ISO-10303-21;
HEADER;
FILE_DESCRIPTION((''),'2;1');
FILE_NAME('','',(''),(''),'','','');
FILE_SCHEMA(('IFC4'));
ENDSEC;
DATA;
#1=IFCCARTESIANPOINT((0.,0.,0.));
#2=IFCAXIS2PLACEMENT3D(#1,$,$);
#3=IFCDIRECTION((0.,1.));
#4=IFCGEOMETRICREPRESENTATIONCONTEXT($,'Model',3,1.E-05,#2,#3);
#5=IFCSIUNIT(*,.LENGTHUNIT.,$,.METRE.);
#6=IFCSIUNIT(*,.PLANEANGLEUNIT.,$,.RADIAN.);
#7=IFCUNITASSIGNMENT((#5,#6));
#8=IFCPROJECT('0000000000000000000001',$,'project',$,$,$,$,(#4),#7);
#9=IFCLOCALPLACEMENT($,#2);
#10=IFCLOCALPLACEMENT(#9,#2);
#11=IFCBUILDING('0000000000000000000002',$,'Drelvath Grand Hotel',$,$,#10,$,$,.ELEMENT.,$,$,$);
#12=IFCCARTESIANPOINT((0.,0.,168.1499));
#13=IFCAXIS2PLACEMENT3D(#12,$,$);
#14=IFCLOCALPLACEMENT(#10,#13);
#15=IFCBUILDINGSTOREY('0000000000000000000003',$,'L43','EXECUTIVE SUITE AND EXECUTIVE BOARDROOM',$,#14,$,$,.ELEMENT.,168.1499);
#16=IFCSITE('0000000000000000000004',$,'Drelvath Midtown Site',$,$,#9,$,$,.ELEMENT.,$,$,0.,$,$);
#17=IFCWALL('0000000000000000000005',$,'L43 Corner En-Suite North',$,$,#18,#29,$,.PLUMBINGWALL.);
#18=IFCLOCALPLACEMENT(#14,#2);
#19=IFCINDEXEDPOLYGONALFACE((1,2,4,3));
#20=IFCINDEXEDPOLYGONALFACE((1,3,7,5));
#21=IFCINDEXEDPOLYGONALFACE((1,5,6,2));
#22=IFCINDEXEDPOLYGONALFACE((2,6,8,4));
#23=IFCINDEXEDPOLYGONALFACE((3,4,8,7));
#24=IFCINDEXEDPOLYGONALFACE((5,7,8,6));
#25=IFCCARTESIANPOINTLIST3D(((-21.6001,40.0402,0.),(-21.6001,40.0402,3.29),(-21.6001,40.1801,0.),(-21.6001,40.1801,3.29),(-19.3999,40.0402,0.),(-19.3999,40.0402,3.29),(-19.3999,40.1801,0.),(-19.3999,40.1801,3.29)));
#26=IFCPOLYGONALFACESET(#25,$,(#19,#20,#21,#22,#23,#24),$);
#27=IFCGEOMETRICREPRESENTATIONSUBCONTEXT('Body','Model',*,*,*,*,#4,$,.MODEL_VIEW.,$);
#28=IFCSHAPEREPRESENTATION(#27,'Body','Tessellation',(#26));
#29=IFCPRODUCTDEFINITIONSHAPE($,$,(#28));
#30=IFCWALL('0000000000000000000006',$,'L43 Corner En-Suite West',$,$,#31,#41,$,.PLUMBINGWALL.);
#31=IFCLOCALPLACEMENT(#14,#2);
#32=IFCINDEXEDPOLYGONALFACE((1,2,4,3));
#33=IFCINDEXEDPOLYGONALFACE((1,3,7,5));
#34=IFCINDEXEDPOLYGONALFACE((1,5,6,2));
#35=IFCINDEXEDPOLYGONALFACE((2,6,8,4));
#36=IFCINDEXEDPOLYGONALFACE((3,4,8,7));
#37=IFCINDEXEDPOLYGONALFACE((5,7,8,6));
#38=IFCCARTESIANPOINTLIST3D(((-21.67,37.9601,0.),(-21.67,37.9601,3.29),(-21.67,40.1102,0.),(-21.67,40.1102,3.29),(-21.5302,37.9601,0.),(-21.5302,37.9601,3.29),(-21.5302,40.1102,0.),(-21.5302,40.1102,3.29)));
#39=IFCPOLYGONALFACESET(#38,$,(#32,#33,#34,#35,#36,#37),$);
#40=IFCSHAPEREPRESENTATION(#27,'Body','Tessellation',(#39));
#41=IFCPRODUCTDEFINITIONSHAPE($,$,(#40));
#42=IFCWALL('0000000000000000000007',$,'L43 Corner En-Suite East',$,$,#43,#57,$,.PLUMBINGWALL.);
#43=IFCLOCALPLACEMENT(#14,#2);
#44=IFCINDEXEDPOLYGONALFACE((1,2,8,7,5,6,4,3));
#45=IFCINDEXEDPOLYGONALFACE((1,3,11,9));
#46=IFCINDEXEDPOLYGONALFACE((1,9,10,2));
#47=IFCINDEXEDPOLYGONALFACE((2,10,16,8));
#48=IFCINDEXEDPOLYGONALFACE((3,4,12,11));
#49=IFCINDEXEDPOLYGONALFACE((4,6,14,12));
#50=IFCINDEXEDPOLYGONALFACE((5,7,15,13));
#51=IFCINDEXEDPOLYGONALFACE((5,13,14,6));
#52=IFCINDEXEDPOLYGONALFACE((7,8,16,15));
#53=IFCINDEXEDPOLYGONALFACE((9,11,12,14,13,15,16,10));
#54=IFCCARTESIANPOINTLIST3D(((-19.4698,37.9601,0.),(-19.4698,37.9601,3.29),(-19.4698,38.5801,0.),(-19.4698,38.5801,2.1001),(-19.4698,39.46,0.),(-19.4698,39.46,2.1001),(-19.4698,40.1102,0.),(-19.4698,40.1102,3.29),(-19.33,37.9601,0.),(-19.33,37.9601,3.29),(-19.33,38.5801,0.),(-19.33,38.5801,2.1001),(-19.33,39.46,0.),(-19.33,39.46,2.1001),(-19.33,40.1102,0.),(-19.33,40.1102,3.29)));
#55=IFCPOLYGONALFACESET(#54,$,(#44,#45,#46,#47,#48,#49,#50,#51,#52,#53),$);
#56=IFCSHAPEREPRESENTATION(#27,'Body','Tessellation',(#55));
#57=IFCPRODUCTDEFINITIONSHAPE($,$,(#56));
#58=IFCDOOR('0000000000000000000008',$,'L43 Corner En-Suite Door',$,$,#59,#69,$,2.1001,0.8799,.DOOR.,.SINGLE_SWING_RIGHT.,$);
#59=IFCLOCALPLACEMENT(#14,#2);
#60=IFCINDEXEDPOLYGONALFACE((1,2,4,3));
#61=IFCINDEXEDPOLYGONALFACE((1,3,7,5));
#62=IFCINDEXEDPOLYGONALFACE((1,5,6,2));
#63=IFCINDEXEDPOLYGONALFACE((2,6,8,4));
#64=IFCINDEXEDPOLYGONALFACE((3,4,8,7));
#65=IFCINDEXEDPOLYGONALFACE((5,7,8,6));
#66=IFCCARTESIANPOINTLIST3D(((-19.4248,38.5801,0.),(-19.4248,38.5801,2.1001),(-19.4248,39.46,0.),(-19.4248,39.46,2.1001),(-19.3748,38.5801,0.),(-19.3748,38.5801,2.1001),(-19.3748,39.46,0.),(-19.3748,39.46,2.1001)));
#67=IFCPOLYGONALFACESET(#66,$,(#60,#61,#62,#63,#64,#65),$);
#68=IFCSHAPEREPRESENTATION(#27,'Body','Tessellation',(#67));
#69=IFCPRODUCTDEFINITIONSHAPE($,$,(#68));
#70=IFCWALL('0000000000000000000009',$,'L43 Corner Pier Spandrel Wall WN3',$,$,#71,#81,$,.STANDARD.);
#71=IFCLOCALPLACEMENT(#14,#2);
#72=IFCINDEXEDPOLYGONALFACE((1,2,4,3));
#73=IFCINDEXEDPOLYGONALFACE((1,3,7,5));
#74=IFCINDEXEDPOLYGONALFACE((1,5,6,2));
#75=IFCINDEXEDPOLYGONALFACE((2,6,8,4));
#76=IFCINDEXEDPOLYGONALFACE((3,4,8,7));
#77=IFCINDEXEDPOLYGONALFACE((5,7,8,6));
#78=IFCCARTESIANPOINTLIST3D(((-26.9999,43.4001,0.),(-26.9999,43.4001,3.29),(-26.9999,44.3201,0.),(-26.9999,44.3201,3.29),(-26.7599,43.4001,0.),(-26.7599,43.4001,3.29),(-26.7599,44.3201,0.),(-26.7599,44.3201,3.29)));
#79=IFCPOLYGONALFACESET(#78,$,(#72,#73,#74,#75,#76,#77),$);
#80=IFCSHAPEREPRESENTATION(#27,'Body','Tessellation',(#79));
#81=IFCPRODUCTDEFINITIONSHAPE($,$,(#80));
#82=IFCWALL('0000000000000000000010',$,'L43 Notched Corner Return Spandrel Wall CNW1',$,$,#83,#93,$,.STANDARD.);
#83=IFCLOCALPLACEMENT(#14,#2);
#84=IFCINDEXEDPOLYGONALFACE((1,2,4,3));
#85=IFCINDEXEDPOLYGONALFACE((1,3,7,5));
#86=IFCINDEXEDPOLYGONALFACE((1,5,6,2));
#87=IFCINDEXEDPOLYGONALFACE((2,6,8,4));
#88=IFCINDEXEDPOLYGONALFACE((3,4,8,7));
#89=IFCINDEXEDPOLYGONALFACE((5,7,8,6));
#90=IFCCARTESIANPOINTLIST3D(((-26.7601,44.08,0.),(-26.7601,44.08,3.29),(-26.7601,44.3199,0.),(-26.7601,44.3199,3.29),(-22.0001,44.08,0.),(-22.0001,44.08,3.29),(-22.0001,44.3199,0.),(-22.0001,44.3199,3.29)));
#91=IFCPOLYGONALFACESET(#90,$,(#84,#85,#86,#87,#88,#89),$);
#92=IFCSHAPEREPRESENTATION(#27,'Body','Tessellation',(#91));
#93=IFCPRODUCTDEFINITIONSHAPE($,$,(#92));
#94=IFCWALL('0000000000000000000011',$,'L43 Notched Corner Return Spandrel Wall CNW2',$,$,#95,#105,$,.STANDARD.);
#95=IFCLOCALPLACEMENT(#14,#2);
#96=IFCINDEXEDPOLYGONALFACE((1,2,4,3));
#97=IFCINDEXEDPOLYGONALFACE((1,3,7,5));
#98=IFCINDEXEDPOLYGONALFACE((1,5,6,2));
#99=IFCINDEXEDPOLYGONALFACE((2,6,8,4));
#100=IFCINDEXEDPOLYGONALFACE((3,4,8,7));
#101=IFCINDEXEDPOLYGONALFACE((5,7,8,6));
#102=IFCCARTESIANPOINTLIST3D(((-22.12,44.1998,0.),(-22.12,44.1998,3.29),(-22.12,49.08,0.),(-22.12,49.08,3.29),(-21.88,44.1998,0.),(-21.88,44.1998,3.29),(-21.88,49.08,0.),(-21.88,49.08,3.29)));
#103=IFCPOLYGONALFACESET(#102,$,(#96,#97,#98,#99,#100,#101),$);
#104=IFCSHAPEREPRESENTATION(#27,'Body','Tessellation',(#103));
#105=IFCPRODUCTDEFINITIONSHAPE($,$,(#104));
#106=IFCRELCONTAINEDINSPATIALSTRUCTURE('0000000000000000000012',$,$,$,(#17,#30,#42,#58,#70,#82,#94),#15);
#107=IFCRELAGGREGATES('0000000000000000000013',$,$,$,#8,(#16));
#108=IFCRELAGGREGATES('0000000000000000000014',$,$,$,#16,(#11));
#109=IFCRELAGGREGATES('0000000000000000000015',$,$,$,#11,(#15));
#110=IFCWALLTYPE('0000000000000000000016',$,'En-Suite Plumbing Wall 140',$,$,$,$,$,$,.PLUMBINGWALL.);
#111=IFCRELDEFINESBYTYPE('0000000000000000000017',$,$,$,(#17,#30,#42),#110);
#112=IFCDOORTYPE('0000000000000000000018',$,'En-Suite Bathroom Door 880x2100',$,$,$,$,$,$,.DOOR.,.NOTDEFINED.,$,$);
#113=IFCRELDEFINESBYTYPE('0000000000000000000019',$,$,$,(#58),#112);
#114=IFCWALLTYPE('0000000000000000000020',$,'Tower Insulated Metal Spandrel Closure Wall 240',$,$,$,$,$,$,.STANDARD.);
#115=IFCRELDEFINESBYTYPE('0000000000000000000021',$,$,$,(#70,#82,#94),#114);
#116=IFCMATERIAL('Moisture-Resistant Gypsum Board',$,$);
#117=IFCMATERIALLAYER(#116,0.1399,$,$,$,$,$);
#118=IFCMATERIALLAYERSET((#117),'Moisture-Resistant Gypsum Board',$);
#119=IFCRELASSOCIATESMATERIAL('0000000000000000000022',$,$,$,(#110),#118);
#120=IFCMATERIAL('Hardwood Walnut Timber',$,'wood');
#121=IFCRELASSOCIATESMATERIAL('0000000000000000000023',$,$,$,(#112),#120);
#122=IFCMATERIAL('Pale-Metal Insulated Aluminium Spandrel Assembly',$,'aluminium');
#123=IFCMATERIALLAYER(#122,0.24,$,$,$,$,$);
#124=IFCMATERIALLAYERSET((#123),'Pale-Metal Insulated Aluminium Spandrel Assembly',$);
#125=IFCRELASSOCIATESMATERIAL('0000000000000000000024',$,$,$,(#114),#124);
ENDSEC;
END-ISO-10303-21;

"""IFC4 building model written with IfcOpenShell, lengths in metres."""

from ifc_helpers import new_model, si_unit, direction, frame, frame_2d, origin, place, context, subcontext, project, spatial, rectangle, extrude, material, layer, layer_set, type_object, element, fill, save


model = new_model("IFC4")

# Units and contexts
model_context = context("Model", 3, precision=1e-05, world=origin(), true_north=direction((0.0, 1.0)))
body_context = subcontext(model_context, "Body", "Model", "MODEL_VIEW")
ifc_project = project(units=[si_unit("LENGTHUNIT", "METRE"), si_unit("PLANEANGLEUNIT", "RADIAN")], contexts=[model_context])

# Site, building, storey
site_placement = place(None, origin())
site = spatial("IfcSite", under=ifc_project, at=site_placement, Name="Drelvath Midtown Site", CompositionType="ELEMENT", RefElevation=0.0)
building_placement = place(site_placement, origin())
building = spatial("IfcBuilding", under=site, at=building_placement, Name="Drelvath Grand Hotel", CompositionType="ELEMENT")
storey_placement = place(building_placement, frame((0.0, 0.0, 168.1499)))
storey = spatial("IfcBuildingStorey", under=building, at=storey_placement, Name="L43", Description="EXECUTIVE SUITE AND EXECUTIVE BOARDROOM", CompositionType="ELEMENT", Elevation=168.1499)

# Shared definitions
ifc_material_1 = material(Name="Hardwood Walnut Timber", Category="wood")

# Walls
ifc_material_2 = material(Name="Moisture-Resistant Gypsum Board")
ifc_layer_1 = layer(ifc_material_2, 0.1399)
ifc_layer_set_1 = layer_set([ifc_layer_1], Name="Moisture-Resistant Gypsum Board")
wall_type_1 = type_object("IfcWallType", Name="En-Suite Plumbing Wall 140", PredefinedType="PLUMBINGWALL", material=ifc_layer_set_1)
for number, where, z_axis, x_axis, name in (
    (1, (-21.6001, 40.1101, 0.0), (0.0, 0.0, 1.0), (1.0, 0.0, 0.0), "L43 Corner En-Suite North"),
):
    element("IfcWall", number, at=place(storey_placement, frame(where, z_axis=z_axis, x_axis=x_axis)), inside=storey, type_object=wall_type_1, Name=name, PredefinedType="PLUMBINGWALL", context=body_context, shape_type="SweptSolid", body=[
        extrude(rectangle(XDim=2.2002, YDim=0.1399, at=frame_2d((1.1001, 0.0))), origin(), (0.0, 0.0, 1.0), 3.29),
    ])
wall_1_placement = place(storey_placement, frame((-21.6001, 37.96, 0.0), z_axis=(0.0, 0.0, 1.0), x_axis=(0.0, 1.0, 0.0)))
element("IfcWall", 2, at=wall_1_placement, inside=storey, type_object=wall_type_1, Name="L43 Corner En-Suite West", PredefinedType="PLUMBINGWALL", context=body_context, shape_type="SweptSolid", body=[
    extrude(rectangle(XDim=2.1501, YDim=0.1399, at=frame_2d((1.0752, 0.0))), origin(), (0.0, 0.0, 1.0), 3.29),
])

# Wall, opening, door
wall_2_placement = place(storey_placement, frame((-19.3999, 37.96, 0.0), z_axis=(0.0, 0.0, 1.0), x_axis=(0.0, 1.0, 0.0)))
wall_2 = element("IfcWall", 3, at=wall_2_placement, inside=storey, type_object=wall_type_1, Name="L43 Corner En-Suite East", PredefinedType="PLUMBINGWALL", context=body_context, shape_type="SweptSolid", body=[
    extrude(rectangle(XDim=2.1501, YDim=0.1399, at=frame_2d((1.0752, 0.0))), origin(), (0.0, 0.0, 1.0), 3.29),
])
opening_1_placement = place(wall_2_placement, frame((0.6201, 0.0, 0.0)))
opening_1 = element("IfcOpeningElement", 4, at=opening_1_placement, cuts=wall_2, PredefinedType="OPENING", context=body_context, shape_type="SweptSolid", body=[
    extrude(rectangle(XDim=0.8799, YDim=2.1001, at=frame_2d((0.4399, 1.05))), frame((0.0, 0.0798, 0.0), z_axis=(0.0, -1.0, 0.0), x_axis=(1.0, 0.0, 0.0)), (0.0, 0.0, 1.0), 0.1599),
])
door_type_1 = type_object("IfcDoorType", Name="En-Suite Bathroom Door 880x2100", OperationType="NOTDEFINED", PredefinedType="DOOR", material=ifc_material_1)
door_1_placement = place(opening_1_placement, origin())
door_1 = element("IfcDoor", 5, at=door_1_placement, inside=storey, type_object=door_type_1, Name="L43 Corner En-Suite Door", OperationType="SINGLE_SWING_RIGHT", OverallHeight=2.1001, OverallWidth=0.8799, PredefinedType="DOOR", context=body_context, shape_type="SweptSolid", body=[
    extrude(rectangle(XDim=0.8799, YDim=2.1001, at=frame_2d((0.4399, 1.05))), frame((0.0, 0.0249, 0.0), z_axis=(0.0, -1.0, 0.0), x_axis=(1.0, 0.0, 0.0)), (0.0, 0.0, 1.0), 0.05),
])
fill(opening_1, door_1)

# Walls
ifc_material_3 = material(Name="Pale-Metal Insulated Aluminium Spandrel Assembly", Category="aluminium")
ifc_layer_2 = layer(ifc_material_3, 0.24)
ifc_layer_set_2 = layer_set([ifc_layer_2], Name="Pale-Metal Insulated Aluminium Spandrel Assembly")
wall_type_2 = type_object("IfcWallType", Name="Tower Insulated Metal Spandrel Closure Wall 240", PredefinedType="STANDARD", material=ifc_layer_set_2)
wall_3_placement = place(storey_placement, frame((-26.8799, 43.4001, 0.0), z_axis=(0.0, 0.0, 1.0), x_axis=(0.0, 1.0, 0.0)))
element("IfcWall", 6, at=wall_3_placement, inside=storey, type_object=wall_type_2, Name="L43 Corner Pier Spandrel Wall WN3", PredefinedType="STANDARD", context=body_context, shape_type="SweptSolid", body=[
    extrude(rectangle(XDim=0.9199, YDim=0.24, at=frame_2d((0.46, 0.0))), origin(), (0.0, 0.0, 1.0), 3.29),
])
wall_4_placement = place(storey_placement, frame((-26.76, 44.2, 0.0), z_axis=(0.0, 0.0, 1.0), x_axis=(1.0, 0.0, 0.0)))
element("IfcWall", 7, at=wall_4_placement, inside=storey, type_object=wall_type_2, Name="L43 Notched Corner Return Spandrel Wall CNW1", PredefinedType="STANDARD", context=body_context, shape_type="SweptSolid", body=[
    extrude(rectangle(XDim=4.76, YDim=0.24, at=frame_2d((2.3799, 0.0))), origin(), (0.0, 0.0, 1.0), 3.29),
])
wall_5_placement = place(storey_placement, frame((-22.0, 44.2, 0.0), z_axis=(0.0, 0.0, 1.0), x_axis=(0.0, 1.0, 0.0)))
element("IfcWall", 8, at=wall_5_placement, inside=storey, type_object=wall_type_2, Name="L43 Notched Corner Return Spandrel Wall CNW2", PredefinedType="STANDARD", context=body_context, shape_type="SweptSolid", body=[
    extrude(rectangle(XDim=4.8801, YDim=0.24, at=frame_2d((2.4399, 0.0))), origin(), (0.0, 0.0, 1.0), 3.29),
])

save(model, "model.ifc")
